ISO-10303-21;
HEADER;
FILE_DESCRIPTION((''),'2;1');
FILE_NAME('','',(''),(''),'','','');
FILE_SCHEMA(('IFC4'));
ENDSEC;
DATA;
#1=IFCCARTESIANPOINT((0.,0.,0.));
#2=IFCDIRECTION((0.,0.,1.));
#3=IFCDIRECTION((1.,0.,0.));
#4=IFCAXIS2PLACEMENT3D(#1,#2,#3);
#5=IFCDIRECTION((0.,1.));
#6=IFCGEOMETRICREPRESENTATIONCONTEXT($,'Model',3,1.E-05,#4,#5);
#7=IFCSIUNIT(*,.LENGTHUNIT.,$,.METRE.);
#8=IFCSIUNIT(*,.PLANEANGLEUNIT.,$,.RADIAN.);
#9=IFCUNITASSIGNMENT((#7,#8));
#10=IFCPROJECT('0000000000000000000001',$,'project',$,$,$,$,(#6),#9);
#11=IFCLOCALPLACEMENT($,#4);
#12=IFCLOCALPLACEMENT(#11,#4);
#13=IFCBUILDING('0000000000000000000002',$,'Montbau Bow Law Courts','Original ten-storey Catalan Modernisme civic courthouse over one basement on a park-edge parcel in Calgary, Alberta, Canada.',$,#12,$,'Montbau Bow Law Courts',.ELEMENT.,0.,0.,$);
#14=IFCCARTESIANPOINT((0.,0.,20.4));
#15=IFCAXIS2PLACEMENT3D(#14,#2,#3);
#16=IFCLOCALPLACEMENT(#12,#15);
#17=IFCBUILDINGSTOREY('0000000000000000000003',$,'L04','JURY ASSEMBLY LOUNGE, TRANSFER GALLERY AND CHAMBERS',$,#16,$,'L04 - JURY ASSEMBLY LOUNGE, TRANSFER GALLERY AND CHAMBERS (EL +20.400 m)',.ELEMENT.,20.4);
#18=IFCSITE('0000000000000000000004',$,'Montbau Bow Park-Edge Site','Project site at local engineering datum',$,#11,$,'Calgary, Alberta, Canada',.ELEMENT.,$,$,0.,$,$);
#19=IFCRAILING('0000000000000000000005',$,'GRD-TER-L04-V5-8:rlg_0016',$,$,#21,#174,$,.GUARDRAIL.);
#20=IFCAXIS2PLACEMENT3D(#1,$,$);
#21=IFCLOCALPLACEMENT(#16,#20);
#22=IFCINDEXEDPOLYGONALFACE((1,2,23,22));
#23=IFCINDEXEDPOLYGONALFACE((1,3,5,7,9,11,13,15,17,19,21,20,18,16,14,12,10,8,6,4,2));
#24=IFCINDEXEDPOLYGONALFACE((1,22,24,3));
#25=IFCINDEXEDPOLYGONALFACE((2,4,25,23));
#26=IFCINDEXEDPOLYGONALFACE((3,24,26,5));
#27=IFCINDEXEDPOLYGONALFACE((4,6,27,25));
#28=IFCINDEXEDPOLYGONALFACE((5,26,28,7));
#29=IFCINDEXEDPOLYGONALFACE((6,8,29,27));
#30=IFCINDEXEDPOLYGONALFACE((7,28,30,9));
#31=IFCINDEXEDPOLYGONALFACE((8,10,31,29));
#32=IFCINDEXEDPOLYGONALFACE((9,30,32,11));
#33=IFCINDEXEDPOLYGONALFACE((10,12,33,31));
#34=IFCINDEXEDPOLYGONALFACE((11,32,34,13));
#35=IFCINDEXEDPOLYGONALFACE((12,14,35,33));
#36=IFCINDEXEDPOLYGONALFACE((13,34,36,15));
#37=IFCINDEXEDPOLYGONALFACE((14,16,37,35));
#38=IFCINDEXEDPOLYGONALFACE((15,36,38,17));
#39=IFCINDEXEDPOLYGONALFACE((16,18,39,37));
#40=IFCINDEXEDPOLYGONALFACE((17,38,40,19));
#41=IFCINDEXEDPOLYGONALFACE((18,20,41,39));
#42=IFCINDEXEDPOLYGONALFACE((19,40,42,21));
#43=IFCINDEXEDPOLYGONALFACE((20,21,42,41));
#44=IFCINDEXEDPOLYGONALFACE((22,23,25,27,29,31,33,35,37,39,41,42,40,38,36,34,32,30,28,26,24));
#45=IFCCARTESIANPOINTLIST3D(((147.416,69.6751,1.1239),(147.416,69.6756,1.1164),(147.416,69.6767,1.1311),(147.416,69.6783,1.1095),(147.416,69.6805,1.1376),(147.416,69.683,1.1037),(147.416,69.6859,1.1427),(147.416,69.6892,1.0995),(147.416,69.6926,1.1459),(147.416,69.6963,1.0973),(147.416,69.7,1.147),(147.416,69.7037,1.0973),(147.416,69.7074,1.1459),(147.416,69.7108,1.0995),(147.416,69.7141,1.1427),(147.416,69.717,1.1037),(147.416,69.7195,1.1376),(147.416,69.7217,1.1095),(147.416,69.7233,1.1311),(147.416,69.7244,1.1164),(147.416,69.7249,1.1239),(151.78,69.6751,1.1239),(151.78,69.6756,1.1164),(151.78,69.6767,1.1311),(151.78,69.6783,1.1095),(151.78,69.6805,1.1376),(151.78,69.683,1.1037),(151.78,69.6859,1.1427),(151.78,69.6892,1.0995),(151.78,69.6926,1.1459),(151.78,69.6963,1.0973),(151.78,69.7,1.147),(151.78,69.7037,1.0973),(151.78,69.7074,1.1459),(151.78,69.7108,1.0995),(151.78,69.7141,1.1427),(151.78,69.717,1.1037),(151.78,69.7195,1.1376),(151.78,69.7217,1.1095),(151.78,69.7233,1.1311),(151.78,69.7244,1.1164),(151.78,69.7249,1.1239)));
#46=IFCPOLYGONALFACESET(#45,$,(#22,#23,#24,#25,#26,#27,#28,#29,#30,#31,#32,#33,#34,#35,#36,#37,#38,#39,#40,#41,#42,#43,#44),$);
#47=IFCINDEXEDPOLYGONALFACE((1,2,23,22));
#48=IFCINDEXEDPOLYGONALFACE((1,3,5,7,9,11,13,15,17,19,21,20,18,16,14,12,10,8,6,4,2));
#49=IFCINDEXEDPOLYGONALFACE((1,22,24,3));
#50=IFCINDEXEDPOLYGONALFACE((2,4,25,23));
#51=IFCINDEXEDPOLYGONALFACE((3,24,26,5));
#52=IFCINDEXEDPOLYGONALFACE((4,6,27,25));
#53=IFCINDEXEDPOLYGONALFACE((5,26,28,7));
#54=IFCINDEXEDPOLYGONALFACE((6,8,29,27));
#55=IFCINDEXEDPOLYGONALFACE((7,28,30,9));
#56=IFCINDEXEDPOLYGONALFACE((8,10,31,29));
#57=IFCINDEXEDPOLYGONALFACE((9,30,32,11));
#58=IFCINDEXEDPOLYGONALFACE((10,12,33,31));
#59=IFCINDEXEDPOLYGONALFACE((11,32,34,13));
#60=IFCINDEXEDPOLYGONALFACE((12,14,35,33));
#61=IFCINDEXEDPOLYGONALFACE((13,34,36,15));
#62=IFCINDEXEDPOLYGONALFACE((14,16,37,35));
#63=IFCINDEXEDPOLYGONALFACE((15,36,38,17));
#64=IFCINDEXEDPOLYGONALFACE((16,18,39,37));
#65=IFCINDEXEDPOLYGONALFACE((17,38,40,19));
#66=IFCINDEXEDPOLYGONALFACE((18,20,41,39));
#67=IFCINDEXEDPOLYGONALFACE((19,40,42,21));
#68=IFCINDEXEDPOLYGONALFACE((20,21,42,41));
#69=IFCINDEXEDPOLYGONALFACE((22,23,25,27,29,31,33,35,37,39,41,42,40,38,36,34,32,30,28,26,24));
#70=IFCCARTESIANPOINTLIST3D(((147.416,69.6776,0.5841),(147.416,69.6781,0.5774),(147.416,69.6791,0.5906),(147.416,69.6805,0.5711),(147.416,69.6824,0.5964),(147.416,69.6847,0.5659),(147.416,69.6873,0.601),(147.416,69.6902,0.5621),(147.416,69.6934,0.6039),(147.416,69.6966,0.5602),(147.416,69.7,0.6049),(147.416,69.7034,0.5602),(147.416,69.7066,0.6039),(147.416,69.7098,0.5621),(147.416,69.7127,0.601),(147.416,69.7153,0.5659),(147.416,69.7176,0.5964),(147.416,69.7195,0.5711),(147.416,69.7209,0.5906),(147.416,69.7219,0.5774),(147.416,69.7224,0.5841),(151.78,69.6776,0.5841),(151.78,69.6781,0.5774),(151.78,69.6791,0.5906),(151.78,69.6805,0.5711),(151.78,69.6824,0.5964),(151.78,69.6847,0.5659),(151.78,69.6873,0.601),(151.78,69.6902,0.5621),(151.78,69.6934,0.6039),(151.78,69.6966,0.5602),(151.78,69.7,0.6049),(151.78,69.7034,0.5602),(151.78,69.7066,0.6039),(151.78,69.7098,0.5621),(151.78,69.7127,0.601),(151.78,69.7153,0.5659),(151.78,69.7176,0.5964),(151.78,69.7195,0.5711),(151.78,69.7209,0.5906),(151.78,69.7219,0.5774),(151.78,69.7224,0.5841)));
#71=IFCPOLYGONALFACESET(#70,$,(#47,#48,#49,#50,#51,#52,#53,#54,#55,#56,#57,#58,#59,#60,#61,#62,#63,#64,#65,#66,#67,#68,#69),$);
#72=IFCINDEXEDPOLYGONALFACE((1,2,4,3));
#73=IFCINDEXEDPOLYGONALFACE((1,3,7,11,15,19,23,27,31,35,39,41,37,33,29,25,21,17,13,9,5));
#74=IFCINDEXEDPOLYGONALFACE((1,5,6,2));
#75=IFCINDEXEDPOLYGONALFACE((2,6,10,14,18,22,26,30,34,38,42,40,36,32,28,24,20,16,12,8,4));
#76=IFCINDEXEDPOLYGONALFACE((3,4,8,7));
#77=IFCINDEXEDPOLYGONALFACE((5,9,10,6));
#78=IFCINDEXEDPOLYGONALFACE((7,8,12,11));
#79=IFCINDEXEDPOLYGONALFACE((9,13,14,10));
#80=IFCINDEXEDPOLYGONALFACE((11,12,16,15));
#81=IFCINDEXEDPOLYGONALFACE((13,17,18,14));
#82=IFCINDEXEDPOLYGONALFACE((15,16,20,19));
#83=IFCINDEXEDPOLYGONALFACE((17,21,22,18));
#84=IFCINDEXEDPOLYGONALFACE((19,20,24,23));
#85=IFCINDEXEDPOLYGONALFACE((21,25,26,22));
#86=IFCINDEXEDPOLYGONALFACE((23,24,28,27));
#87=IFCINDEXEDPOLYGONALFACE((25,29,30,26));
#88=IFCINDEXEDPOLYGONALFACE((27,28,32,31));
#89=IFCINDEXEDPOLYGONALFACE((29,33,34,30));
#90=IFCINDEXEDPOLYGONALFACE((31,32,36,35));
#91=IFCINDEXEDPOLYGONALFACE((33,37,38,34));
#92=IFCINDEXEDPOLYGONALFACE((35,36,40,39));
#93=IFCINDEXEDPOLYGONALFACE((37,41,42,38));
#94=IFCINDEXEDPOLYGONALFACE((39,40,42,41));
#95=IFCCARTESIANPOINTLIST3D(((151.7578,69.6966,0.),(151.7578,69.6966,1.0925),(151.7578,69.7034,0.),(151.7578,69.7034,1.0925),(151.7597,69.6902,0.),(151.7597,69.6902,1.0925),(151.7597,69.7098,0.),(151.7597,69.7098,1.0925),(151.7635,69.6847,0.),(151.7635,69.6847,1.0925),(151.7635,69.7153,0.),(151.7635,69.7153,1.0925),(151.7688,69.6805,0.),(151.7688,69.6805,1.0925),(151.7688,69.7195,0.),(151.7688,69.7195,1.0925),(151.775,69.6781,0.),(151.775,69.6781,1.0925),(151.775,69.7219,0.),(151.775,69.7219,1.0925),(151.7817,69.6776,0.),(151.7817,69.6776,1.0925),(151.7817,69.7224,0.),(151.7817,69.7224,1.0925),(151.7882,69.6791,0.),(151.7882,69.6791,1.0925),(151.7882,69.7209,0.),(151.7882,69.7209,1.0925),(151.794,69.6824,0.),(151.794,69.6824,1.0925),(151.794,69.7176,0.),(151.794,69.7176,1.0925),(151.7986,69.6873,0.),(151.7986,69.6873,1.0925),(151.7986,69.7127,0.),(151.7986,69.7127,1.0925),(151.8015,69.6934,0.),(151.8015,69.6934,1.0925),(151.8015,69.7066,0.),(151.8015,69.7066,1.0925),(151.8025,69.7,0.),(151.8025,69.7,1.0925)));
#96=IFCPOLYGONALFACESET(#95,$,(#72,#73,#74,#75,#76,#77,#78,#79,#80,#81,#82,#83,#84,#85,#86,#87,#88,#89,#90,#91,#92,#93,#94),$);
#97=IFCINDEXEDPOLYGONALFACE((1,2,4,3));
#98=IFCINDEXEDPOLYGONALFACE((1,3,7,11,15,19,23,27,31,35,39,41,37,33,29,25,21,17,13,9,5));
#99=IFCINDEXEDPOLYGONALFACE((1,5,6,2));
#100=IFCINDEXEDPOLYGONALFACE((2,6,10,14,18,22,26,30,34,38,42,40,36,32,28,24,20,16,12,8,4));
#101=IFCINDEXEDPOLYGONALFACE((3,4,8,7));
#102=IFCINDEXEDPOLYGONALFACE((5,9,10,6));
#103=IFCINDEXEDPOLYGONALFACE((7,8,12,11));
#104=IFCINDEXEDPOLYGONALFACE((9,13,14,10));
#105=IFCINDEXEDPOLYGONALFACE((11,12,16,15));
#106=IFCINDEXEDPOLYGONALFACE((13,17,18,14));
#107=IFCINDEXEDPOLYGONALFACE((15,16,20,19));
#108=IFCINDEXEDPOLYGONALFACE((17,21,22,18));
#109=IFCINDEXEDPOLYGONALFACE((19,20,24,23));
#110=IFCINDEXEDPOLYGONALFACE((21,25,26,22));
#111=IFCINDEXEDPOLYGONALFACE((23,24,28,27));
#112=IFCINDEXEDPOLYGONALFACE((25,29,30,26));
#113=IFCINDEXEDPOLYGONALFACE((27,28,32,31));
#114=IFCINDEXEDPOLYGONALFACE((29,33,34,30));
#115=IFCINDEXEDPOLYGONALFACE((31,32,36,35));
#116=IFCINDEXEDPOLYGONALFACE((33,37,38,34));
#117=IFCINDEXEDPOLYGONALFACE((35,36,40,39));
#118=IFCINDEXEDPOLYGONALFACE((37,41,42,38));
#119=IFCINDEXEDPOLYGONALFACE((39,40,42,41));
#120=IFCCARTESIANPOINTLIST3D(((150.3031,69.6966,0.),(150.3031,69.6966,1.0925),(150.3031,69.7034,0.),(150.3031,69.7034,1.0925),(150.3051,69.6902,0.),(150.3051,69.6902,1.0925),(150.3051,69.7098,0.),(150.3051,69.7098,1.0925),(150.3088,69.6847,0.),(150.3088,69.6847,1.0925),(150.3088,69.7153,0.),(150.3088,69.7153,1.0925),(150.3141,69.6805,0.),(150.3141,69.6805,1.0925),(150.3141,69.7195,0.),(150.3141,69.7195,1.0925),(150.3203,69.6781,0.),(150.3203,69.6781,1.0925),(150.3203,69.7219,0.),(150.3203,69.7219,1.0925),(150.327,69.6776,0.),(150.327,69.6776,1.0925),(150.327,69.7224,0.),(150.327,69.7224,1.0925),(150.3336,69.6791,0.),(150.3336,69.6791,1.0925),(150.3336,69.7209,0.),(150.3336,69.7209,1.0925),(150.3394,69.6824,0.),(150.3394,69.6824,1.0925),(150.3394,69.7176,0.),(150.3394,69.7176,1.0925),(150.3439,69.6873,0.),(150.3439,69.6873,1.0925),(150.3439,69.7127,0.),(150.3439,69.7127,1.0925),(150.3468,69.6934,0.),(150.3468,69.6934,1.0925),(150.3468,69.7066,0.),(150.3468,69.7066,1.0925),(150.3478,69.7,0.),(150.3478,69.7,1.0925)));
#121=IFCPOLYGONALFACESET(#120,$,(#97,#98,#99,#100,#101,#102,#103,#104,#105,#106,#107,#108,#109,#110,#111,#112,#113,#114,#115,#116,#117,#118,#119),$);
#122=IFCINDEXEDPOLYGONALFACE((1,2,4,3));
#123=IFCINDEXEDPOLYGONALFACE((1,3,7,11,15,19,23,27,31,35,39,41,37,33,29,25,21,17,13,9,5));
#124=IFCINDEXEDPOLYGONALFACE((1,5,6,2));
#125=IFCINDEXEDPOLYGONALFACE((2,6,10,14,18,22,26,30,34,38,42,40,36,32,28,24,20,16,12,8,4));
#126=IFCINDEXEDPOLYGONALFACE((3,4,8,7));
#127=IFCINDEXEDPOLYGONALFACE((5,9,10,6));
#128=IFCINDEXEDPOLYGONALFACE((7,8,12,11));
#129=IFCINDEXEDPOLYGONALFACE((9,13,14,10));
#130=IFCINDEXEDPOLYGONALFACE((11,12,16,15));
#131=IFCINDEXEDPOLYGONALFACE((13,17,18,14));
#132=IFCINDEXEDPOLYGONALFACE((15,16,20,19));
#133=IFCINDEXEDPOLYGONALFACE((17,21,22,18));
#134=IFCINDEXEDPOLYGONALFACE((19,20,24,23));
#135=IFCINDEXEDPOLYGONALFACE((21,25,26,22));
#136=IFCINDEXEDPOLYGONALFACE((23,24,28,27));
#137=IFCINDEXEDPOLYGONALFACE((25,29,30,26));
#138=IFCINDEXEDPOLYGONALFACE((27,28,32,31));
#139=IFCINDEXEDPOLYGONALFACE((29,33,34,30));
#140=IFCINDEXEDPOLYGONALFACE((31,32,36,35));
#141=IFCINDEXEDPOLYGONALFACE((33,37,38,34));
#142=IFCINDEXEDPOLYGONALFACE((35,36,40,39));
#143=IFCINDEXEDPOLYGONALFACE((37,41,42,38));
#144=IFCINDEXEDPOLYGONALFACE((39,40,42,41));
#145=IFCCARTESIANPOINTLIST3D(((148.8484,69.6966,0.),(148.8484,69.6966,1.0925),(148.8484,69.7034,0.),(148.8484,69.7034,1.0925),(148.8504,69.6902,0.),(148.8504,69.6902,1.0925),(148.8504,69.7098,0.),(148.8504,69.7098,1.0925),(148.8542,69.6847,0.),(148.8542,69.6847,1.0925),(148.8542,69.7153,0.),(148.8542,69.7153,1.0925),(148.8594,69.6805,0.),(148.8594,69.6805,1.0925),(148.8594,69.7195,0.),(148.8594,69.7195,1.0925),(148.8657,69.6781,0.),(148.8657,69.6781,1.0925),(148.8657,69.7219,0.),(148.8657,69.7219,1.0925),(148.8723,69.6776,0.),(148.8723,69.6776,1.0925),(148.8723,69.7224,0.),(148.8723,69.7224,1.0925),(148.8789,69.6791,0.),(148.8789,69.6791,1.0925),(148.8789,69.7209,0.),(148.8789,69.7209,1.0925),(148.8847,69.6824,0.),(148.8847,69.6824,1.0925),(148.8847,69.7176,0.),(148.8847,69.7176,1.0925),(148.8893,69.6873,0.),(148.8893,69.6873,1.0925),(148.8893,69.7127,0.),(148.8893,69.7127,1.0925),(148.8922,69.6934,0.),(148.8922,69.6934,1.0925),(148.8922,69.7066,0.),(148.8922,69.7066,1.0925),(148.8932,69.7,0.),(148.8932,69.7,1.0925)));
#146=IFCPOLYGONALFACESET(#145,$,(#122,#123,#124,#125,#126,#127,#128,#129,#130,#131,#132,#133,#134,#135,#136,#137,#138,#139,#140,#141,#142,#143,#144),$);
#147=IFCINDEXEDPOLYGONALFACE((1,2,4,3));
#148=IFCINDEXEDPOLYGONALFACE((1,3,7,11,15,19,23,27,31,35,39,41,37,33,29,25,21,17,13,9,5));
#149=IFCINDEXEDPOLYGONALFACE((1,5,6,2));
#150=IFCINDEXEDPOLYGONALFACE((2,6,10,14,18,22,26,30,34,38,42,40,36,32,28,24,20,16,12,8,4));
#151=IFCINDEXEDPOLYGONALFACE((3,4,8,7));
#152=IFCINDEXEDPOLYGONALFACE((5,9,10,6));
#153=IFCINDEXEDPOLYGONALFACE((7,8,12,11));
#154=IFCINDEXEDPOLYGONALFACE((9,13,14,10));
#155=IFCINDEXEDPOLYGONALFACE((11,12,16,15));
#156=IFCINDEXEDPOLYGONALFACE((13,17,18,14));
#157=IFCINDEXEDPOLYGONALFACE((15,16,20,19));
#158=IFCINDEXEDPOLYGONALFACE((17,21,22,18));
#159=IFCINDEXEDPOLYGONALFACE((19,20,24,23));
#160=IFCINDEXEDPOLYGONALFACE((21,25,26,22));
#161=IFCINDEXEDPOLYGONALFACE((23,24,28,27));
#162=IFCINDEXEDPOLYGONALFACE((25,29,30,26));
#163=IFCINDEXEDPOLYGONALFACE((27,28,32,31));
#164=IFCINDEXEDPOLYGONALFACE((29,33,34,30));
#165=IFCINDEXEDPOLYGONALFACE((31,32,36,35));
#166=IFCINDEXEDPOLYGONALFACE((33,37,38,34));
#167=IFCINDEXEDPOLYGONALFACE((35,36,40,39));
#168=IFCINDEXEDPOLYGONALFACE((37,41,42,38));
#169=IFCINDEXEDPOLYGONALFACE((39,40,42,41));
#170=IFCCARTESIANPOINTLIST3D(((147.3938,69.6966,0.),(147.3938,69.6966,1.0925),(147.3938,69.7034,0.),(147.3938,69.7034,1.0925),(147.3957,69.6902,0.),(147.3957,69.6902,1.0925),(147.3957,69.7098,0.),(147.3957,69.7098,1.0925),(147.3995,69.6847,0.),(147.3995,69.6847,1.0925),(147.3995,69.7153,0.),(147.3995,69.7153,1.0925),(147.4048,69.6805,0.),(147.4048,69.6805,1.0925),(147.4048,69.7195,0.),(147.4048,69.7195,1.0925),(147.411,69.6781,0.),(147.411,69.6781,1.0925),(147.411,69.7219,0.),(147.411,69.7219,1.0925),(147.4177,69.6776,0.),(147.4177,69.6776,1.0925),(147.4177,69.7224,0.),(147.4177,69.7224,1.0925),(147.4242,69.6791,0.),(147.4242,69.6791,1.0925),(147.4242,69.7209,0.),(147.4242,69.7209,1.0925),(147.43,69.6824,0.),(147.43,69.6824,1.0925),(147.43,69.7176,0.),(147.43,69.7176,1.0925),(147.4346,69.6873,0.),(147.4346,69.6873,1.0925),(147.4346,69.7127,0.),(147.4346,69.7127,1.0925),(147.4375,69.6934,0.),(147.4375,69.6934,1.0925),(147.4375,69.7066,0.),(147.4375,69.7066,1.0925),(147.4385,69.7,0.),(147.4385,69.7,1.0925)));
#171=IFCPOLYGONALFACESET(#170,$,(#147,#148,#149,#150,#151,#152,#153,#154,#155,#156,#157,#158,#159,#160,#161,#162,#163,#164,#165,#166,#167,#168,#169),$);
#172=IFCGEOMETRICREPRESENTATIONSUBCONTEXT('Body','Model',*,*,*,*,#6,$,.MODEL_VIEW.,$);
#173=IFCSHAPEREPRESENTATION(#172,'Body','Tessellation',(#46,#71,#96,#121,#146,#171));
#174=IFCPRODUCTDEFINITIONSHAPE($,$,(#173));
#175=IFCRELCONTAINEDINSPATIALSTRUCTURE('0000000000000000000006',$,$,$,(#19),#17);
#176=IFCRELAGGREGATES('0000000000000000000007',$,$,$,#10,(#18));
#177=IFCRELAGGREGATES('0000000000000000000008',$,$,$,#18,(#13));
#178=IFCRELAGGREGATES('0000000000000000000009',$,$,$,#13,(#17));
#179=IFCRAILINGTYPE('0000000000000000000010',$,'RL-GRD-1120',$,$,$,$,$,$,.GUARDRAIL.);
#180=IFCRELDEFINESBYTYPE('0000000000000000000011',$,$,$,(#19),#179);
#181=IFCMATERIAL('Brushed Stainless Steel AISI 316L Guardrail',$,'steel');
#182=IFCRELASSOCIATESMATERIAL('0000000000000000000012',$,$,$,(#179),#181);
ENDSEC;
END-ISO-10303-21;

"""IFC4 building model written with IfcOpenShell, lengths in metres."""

from ifc_helpers import new_model, si_unit, direction, frame, origin_with_axes, origin_2d_with_axis, place, context, subcontext, project, spatial, circle, extrude, material, type_object, element, save


model = new_model("IFC4")

# Units and contexts
model_context = context("Model", 3, precision=1e-05, world=origin_with_axes(), true_north=direction((0.0, 1.0)))
body_context = subcontext(model_context, "Body", "Model", "MODEL_VIEW")
ifc_project = project(units=[si_unit("LENGTHUNIT", "METRE"), si_unit("PLANEANGLEUNIT", "RADIAN")], contexts=[model_context])

# Site, building, storey
site_placement = place(None, origin_with_axes())
site = spatial("IfcSite", under=ifc_project, at=site_placement, Name="Montbau Bow Park-Edge Site", Description="Project site at local engineering datum", LongName="Calgary, Alberta, Canada", CompositionType="ELEMENT", RefElevation=0.0)
building_placement = place(site_placement, origin_with_axes())
building = spatial("IfcBuilding", under=site, at=building_placement, Name="Montbau Bow Law Courts", Description="Original ten-storey Catalan Modernisme civic courthouse over one basement on a park-edge parcel in Calgary, Alberta, Canada.", LongName="Montbau Bow Law Courts", CompositionType="ELEMENT", ElevationOfRefHeight=0.0, ElevationOfTerrain=0.0)
storey_placement = place(building_placement, frame((0.0, 0.0, 20.4), z_axis=(0.0, 0.0, 1.0), x_axis=(1.0, 0.0, 0.0)))
storey = spatial("IfcBuildingStorey", under=building, at=storey_placement, Name="L04", Description="JURY ASSEMBLY LOUNGE, TRANSFER GALLERY AND CHAMBERS", LongName="L04 - JURY ASSEMBLY LOUNGE, TRANSFER GALLERY AND CHAMBERS (EL +20.400 m)", CompositionType="ELEMENT", Elevation=20.4)

# Railing
ifc_material_1 = material(Name="Brushed Stainless Steel AISI 316L Guardrail", Category="steel")
railing_type_1 = type_object("IfcRailingType", Name="RL-GRD-1120", PredefinedType="GUARDRAIL", material=ifc_material_1)
railing_1_placement = place(None, origin_with_axes())
element("IfcRailing", 1, at=railing_1_placement, inside=storey, type_object=railing_type_1, Name="GRD-TER-L04-V5-8:rlg_0016", PredefinedType="GUARDRAIL", context=body_context, shape_type="SweptSolid", body=[
    extrude(circle(Radius=0.025, at=origin_2d_with_axis()), frame((151.78, 69.7, 21.522), z_axis=(-1.0, 0.0, 0.0), x_axis=(0.0, 0.0, 1.0)), (0.0, 0.0, 1.0), 4.364),
    extrude(circle(Radius=0.0225, at=origin_2d_with_axis()), frame((151.78, 69.7, 20.9824), z_axis=(-1.0, 0.0, 0.0), x_axis=(0.0, 0.0, 1.0)), (0.0, 0.0, 1.0), 4.364),
    extrude(circle(Radius=0.0225, at=origin_2d_with_axis()), frame((151.78, 69.7, 20.4), z_axis=(0.0, 0.0, 1.0), x_axis=(1.0, 0.0, 0.0)), (0.0, 0.0, 1.0), 1.0925),
    extrude(circle(Radius=0.0225, at=origin_2d_with_axis()), frame((150.3253, 69.7, 20.4), z_axis=(0.0, 0.0, 1.0), x_axis=(1.0, 0.0, 0.0)), (0.0, 0.0, 1.0), 1.0925),
    extrude(circle(Radius=0.0225, at=origin_2d_with_axis()), frame((148.8707, 69.7, 20.4), z_axis=(0.0, 0.0, 1.0), x_axis=(1.0, 0.0, 0.0)), (0.0, 0.0, 1.0), 1.0925),
    extrude(circle(Radius=0.0225, at=origin_2d_with_axis()), frame((147.416, 69.7, 20.4), z_axis=(0.0, 0.0, 1.0), x_axis=(1.0, 0.0, 0.0)), (0.0, 0.0, 1.0), 1.0925),
])

save(model, "model.ifc")
